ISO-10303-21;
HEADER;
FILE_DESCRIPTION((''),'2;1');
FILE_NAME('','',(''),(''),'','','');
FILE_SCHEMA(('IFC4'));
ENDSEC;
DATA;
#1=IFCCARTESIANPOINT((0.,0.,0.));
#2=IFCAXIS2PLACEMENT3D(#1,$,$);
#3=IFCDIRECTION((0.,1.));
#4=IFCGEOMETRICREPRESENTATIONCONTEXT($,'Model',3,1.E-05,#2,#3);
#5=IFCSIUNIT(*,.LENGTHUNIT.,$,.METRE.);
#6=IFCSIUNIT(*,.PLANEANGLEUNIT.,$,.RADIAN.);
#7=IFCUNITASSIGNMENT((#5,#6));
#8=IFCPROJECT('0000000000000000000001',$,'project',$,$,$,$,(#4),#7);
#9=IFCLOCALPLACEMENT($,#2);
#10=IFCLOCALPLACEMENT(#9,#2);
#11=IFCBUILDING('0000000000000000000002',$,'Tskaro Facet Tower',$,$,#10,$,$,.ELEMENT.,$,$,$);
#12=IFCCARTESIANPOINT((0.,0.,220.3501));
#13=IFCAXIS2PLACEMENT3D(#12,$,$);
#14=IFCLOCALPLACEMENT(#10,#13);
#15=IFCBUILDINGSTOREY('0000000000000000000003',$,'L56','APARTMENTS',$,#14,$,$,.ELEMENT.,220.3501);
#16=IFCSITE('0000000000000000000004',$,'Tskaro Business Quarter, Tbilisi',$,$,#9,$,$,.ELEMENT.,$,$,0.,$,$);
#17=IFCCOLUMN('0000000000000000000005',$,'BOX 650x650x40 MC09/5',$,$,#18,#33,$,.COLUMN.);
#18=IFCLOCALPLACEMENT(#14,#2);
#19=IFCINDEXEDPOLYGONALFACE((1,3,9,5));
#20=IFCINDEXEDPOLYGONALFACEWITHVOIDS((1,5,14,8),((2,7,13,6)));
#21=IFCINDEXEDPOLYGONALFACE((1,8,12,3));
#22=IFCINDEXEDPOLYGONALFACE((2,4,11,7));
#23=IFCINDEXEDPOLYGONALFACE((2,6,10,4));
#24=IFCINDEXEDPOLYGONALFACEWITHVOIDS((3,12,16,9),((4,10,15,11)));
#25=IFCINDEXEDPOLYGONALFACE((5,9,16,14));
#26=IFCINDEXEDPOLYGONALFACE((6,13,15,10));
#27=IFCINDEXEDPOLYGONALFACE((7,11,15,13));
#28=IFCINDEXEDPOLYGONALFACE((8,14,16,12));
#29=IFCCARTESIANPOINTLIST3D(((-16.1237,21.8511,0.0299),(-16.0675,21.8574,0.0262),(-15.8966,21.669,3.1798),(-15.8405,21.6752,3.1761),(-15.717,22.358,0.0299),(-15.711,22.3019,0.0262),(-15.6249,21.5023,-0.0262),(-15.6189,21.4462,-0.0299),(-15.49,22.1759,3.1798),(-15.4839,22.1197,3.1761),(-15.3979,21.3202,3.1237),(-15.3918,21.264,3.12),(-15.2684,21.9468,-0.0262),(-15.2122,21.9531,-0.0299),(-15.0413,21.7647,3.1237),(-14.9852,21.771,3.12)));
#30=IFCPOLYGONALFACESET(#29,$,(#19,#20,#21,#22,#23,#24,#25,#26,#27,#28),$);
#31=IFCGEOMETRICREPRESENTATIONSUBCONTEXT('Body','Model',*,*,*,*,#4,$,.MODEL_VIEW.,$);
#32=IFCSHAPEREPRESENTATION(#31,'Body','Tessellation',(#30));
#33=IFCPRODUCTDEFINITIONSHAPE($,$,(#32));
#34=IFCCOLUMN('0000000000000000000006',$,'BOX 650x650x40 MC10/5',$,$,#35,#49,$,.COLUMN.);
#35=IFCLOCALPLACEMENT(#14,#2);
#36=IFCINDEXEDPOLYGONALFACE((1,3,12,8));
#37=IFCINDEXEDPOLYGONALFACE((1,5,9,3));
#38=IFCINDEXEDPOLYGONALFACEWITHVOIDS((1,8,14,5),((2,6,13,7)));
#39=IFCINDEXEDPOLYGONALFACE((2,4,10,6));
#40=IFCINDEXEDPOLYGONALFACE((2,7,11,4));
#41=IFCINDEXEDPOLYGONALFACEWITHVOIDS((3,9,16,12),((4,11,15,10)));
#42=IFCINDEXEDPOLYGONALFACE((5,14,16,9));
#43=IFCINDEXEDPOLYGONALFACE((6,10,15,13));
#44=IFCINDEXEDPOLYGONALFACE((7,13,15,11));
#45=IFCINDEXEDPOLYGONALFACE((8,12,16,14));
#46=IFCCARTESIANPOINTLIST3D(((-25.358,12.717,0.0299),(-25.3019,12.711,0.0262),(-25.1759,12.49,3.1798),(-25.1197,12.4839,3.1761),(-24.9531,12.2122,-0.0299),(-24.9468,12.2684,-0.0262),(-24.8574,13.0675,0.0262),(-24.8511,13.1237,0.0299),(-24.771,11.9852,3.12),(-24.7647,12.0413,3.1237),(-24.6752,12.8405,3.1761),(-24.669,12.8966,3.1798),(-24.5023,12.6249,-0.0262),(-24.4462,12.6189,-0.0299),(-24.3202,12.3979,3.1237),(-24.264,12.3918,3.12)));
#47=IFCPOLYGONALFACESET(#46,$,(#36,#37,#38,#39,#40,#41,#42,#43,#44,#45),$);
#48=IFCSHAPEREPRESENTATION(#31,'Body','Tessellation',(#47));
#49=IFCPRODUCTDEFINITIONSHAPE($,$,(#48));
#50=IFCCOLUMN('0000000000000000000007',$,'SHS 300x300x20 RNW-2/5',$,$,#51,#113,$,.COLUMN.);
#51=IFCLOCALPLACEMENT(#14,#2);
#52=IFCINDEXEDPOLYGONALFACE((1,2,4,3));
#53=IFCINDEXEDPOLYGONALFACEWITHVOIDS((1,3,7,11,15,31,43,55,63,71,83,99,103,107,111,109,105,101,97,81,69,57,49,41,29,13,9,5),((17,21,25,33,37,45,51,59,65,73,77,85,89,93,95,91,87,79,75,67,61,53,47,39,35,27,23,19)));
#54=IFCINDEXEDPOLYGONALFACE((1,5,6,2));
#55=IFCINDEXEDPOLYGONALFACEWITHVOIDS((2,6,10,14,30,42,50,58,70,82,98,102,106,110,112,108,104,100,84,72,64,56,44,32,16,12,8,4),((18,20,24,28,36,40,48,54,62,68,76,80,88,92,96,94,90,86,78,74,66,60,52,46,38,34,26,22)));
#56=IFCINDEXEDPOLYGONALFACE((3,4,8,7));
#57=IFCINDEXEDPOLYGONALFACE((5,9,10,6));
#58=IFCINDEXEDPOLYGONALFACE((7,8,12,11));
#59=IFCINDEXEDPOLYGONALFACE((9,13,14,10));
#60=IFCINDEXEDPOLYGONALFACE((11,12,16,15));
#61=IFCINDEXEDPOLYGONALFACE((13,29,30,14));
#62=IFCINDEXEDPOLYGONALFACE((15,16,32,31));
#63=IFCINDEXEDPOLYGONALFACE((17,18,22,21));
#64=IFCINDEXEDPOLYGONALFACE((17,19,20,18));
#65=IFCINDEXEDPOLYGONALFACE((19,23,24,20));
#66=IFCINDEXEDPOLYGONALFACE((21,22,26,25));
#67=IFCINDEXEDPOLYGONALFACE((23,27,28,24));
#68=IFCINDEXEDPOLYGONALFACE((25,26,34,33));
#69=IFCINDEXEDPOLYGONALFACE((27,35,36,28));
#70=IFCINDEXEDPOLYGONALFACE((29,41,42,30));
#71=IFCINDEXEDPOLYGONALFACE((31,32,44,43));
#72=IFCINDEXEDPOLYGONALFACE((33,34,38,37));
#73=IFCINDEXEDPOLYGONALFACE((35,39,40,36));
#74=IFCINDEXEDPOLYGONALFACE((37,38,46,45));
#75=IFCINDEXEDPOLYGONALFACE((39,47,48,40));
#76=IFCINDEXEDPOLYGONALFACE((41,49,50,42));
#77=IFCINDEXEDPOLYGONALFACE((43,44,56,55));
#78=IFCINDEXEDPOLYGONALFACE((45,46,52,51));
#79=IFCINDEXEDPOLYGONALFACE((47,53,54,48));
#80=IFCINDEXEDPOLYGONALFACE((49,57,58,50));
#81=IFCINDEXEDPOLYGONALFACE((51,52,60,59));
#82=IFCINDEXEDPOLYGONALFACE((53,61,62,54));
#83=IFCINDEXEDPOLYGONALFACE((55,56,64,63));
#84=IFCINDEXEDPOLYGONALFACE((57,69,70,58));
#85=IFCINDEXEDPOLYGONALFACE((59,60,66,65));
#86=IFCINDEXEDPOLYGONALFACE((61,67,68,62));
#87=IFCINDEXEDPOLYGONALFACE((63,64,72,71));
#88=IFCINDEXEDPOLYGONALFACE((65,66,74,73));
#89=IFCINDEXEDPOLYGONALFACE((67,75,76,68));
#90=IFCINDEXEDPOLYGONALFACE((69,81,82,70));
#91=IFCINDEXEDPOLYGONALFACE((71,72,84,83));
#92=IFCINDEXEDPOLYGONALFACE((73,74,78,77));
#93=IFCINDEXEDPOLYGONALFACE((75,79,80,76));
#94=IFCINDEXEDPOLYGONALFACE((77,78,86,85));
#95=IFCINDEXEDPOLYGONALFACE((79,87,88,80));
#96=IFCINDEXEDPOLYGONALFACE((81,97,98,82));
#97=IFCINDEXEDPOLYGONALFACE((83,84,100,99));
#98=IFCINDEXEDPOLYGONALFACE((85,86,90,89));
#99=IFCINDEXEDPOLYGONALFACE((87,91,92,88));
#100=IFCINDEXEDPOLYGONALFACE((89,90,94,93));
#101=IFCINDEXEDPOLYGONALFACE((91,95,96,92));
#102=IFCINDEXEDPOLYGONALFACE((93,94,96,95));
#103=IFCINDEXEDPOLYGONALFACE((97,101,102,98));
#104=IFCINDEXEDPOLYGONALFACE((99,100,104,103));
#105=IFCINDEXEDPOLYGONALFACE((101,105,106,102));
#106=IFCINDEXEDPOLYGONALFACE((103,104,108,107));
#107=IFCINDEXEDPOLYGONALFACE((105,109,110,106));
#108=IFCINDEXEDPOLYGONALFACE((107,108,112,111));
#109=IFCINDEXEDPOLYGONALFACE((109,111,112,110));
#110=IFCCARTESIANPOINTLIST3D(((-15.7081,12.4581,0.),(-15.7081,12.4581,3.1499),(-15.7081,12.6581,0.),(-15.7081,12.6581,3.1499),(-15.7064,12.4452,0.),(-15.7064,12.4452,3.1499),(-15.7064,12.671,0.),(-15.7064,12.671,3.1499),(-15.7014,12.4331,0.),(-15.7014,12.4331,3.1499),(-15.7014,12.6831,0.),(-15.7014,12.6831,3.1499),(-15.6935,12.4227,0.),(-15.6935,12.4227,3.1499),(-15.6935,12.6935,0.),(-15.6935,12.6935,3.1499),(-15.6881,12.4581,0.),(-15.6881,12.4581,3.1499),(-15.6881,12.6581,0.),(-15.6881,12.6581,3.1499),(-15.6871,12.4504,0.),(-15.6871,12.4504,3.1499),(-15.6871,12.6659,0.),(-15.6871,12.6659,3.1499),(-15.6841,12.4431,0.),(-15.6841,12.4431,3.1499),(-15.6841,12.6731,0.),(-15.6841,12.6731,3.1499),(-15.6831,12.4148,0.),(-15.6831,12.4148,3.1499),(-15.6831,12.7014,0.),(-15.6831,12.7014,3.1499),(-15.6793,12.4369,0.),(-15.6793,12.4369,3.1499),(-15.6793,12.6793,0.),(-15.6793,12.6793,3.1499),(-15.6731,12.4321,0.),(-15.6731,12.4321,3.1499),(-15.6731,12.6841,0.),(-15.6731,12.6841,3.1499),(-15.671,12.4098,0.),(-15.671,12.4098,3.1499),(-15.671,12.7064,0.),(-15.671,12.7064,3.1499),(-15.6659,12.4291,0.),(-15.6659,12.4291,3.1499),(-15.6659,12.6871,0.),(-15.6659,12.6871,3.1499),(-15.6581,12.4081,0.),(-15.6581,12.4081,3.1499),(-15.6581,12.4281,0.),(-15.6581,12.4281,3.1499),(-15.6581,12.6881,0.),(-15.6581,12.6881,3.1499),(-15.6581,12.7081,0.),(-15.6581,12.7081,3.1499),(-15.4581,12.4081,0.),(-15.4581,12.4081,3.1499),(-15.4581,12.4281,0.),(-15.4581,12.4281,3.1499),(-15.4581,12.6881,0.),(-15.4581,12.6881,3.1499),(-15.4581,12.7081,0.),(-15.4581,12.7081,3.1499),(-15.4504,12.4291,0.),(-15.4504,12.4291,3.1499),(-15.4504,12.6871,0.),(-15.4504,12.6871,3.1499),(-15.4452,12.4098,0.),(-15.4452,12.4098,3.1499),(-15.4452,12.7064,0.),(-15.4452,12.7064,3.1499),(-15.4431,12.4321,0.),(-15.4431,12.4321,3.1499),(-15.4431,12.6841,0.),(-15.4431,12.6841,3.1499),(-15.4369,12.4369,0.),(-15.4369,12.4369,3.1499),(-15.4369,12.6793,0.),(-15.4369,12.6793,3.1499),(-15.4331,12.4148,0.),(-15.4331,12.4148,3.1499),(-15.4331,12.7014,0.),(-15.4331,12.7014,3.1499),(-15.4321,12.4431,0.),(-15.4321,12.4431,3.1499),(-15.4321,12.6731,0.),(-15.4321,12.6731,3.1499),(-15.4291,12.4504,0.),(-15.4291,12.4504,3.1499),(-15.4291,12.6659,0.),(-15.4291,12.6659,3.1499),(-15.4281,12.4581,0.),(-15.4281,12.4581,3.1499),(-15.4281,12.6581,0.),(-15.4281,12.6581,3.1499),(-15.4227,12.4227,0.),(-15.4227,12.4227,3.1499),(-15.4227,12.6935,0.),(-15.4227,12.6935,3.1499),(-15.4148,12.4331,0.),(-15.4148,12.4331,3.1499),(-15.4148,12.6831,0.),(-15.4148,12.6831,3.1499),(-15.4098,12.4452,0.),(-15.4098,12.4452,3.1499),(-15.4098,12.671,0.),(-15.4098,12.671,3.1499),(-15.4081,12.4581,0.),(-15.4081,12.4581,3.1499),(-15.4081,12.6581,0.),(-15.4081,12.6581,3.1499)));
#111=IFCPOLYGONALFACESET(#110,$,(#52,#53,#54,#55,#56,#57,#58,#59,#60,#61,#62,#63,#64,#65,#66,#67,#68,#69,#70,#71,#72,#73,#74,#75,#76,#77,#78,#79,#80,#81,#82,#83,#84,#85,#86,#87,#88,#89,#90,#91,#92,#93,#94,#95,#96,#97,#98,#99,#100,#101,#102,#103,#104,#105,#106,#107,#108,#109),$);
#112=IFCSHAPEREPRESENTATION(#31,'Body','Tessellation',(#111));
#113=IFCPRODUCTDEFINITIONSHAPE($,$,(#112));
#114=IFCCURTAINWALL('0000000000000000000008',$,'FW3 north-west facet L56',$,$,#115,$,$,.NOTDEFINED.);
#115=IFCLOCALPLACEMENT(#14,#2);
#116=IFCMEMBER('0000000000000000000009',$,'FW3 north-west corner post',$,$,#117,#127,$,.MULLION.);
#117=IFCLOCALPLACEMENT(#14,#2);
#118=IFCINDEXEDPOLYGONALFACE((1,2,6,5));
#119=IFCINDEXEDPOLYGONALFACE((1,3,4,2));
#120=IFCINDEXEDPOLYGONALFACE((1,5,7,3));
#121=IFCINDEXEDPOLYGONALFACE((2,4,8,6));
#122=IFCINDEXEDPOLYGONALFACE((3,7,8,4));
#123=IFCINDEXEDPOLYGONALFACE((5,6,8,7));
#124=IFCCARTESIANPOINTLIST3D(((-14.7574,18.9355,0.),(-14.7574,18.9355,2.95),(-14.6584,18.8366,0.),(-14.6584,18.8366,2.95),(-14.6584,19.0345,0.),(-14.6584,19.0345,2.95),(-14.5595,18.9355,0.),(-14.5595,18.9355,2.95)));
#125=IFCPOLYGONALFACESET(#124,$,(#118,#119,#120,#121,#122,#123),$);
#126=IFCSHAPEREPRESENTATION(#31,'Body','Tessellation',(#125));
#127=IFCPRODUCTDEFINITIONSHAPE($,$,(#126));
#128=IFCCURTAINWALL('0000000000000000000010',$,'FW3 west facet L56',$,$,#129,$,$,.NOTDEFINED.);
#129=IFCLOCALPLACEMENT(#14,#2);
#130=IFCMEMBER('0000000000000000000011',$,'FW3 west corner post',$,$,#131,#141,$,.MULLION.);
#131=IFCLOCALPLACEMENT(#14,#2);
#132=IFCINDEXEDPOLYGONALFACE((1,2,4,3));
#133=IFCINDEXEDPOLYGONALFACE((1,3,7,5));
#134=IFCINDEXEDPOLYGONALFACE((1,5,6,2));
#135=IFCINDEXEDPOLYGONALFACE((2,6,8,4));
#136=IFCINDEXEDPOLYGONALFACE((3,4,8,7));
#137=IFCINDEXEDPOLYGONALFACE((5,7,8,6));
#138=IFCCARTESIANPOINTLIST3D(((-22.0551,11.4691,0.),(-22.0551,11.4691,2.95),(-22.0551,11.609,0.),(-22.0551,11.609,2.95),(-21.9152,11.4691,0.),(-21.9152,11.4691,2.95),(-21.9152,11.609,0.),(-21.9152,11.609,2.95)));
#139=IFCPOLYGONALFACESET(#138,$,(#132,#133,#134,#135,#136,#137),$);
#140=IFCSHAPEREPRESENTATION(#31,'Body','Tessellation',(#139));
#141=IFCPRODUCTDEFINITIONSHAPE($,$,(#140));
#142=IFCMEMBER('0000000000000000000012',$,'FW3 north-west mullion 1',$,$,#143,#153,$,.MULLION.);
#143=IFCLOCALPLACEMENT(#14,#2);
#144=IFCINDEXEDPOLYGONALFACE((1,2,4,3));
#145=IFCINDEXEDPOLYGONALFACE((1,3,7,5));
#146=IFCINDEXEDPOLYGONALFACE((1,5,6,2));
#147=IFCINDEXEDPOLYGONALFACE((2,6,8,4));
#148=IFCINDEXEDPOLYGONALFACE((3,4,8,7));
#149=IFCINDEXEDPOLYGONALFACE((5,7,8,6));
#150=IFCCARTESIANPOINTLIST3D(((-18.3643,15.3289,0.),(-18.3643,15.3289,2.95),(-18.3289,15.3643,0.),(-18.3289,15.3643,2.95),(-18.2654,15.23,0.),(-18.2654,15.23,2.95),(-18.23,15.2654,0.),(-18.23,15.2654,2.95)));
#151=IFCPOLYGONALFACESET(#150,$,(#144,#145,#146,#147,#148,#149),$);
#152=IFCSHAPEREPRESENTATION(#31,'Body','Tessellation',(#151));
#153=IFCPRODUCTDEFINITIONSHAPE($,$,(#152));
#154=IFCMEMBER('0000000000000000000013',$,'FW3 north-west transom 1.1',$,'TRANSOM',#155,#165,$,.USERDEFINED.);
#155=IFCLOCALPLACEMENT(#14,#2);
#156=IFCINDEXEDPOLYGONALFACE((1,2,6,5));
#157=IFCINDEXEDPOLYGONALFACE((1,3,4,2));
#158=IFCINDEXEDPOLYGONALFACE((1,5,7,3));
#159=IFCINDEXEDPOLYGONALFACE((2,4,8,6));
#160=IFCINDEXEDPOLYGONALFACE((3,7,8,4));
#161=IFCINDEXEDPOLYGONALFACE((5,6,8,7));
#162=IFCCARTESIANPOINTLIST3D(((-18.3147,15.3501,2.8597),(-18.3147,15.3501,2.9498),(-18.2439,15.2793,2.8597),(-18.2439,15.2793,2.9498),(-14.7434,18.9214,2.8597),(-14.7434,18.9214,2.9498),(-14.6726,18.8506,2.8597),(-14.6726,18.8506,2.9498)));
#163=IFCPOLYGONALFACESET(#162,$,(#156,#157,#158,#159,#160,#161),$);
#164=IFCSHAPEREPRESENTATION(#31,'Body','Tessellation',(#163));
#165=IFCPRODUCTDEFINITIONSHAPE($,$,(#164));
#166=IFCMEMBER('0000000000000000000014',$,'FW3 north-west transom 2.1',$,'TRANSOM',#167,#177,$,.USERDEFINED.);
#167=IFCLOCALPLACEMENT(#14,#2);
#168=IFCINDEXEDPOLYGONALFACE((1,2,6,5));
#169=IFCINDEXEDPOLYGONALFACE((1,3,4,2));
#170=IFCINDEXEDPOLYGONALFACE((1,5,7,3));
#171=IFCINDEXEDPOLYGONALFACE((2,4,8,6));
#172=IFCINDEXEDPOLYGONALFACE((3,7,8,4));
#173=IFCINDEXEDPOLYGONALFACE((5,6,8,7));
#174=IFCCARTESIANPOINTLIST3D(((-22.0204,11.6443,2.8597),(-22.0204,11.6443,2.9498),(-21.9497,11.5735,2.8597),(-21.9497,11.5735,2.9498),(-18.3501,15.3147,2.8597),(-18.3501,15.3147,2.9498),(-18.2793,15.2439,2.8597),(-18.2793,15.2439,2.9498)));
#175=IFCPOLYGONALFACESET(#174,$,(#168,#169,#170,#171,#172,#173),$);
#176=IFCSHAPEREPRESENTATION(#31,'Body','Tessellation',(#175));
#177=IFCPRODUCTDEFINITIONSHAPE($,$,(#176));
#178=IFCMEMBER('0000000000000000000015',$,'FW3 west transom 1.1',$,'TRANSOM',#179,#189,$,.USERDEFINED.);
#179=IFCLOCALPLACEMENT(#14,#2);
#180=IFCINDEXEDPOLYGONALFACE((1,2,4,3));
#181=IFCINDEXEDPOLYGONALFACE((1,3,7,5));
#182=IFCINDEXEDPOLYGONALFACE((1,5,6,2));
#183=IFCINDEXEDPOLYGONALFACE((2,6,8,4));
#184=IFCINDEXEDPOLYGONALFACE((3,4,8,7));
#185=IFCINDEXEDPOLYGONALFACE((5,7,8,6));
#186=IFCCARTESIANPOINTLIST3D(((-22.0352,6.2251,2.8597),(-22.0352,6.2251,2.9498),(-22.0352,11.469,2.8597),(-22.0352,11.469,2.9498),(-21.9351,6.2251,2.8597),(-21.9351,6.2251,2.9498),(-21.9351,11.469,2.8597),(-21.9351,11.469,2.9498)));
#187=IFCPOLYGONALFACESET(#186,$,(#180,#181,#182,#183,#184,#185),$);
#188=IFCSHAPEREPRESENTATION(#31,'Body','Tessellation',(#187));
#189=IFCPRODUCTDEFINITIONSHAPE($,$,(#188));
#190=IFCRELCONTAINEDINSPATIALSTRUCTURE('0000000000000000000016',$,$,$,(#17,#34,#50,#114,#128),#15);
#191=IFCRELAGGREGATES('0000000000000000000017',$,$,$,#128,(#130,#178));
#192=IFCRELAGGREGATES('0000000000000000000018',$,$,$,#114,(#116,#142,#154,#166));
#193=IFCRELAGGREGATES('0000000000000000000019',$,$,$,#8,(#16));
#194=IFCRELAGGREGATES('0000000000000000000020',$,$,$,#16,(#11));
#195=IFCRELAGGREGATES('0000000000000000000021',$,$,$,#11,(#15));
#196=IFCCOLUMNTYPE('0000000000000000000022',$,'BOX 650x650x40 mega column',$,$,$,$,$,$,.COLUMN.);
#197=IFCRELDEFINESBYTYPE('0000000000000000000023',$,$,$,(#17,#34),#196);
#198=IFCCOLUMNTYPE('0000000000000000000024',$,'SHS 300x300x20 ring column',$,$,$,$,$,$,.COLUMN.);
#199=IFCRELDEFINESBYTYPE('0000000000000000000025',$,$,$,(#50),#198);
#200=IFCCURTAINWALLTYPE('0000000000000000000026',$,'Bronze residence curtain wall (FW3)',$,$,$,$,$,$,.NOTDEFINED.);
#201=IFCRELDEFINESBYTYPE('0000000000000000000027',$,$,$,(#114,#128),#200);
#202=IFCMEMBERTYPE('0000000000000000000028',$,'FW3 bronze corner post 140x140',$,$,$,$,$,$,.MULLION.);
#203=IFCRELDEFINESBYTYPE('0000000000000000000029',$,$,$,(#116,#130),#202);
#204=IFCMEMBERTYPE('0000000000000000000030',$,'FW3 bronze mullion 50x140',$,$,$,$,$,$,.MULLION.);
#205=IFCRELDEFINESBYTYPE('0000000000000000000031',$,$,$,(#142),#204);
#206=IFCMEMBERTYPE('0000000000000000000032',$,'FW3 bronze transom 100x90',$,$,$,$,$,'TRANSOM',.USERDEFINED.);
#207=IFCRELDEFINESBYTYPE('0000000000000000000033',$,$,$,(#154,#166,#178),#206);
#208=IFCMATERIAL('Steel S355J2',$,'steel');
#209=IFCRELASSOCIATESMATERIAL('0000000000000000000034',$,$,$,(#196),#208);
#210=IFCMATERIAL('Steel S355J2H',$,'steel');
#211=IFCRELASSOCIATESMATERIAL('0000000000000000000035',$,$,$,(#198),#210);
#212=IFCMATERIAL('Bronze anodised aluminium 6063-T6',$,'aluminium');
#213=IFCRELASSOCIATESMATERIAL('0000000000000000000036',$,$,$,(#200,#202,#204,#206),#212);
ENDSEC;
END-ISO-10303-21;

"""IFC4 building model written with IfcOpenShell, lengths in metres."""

from ifc_helpers import new_model, si_unit, direction, frame, origin, origin_2d, place, context, subcontext, project, spatial, rectangle, hollow_rectangle, extrude, material, material_profile, profile_set, type_object, element, aggregate, save


model = new_model("IFC4")

# Units and contexts
model_context = context("Model", 3, precision=1e-05, world=origin(), true_north=direction((0.0, 1.0)))
body_context = subcontext(model_context, "Body", "Model", "MODEL_VIEW")
ifc_project = project(units=[si_unit("LENGTHUNIT", "METRE"), si_unit("PLANEANGLEUNIT", "RADIAN")], contexts=[model_context])

# Site, building, storey
site_placement = place(None, origin())
site = spatial("IfcSite", under=ifc_project, at=site_placement, Name="Tskaro Business Quarter, Tbilisi", CompositionType="ELEMENT", RefElevation=0.0)
building_placement = place(site_placement, origin())
building = spatial("IfcBuilding", under=site, at=building_placement, Name="Tskaro Facet Tower", CompositionType="ELEMENT")
storey_placement = place(building_placement, frame((0.0, 0.0, 220.3501)))
storey = spatial("IfcBuildingStorey", under=building, at=storey_placement, Name="L56", Description="APARTMENTS", CompositionType="ELEMENT", Elevation=220.3501)

# Columns
ifc_material_1 = material(Name="Steel S355J2", Category="steel")
ifc_material_profile_1 = material_profile(ifc_material_1, hollow_rectangle(XDim=0.6499, YDim=0.6499, WallThickness=0.04, at=origin_2d()), Name="BOX 650x650x40")
ifc_profile_set_1 = profile_set([ifc_material_profile_1], Name="Steel S355J2")
column_type_1 = type_object("IfcColumnType", Name="BOX 650x650x40 mega column", PredefinedType="COLUMN", material=ifc_profile_set_1)
for number, where, z_axis, x_axis, name in (
    (1, (-15.668, 21.9021, 0.0), (0.071776, -0.057575, 0.995758), (0.625717, 0.78005, 0.0), "BOX 650x650x40 MC09/5"),
    (2, (-24.9021, 12.668, 0.0), (0.057575, -0.071776, 0.995758), (0.78005, 0.625717, 0.0), "BOX 650x650x40 MC10/5"),
):
    element("IfcColumn", number, at=place(storey_placement, frame(where, z_axis=z_axis, x_axis=x_axis)), inside=storey, type_object=column_type_1, Name=name, PredefinedType="COLUMN", context=body_context, shape_type="SweptSolid", body=[
        extrude(hollow_rectangle(XDim=0.6499, YDim=0.6499, WallThickness=0.04, at=origin_2d()), origin(), (0.0, 0.0, 1.0), 3.1633),
    ])
ifc_material_2 = material(Name="Steel S355J2H", Category="steel")
ifc_material_profile_2 = material_profile(ifc_material_2, hollow_rectangle(XDim=0.3, YDim=0.3, WallThickness=0.02, InnerFilletRadius=0.03, OuterFilletRadius=0.05, at=origin_2d()), Name="SHS 300x300x20")
ifc_profile_set_2 = profile_set([ifc_material_profile_2], Name="Steel S355J2H")
column_type_2 = type_object("IfcColumnType", Name="SHS 300x300x20 ring column", PredefinedType="COLUMN", material=ifc_profile_set_2)
column_placement = place(storey_placement, frame((-15.5581, 12.5581, 0.0), z_axis=(0.0, 0.0, 1.0), x_axis=(1.0, 0.0, 0.0)))
element("IfcColumn", 3, at=column_placement, inside=storey, type_object=column_type_2, Name="SHS 300x300x20 RNW-2/5", PredefinedType="COLUMN", context=body_context, shape_type="SweptSolid", body=[
    extrude(hollow_rectangle(XDim=0.3, YDim=0.3, WallThickness=0.02, InnerFilletRadius=0.03, OuterFilletRadius=0.05, at=origin_2d()), origin(), (0.0, 0.0, 1.0), 3.1499),
])

# Curtain walls, members
ifc_material_3 = material(Name="Bronze anodised aluminium 6063-T6", Category="aluminium")
curtain_wall_type = type_object("IfcCurtainWallType", Name="Bronze residence curtain wall (FW3)", PredefinedType="NOTDEFINED", material=ifc_material_3)
curtain_wall_1_placement = place(storey_placement, origin())
curtain_wall_1 = element("IfcCurtainWall", 4, at=curtain_wall_1_placement, inside=storey, type_object=curtain_wall_type, Name="FW3 north-west facet L56", PredefinedType="NOTDEFINED")
ifc_material_profile_3 = material_profile(ifc_material_3, rectangle(XDim=0.1399, YDim=0.1399, at=origin_2d()), Name="Corner post 140x140")
ifc_profile_set_3 = profile_set([ifc_material_profile_3], Name="Bronze anodised aluminium 6063-T6")
member_type_1 = type_object("IfcMemberType", Name="FW3 bronze corner post 140x140", PredefinedType="MULLION", material=ifc_profile_set_3)
member_1_placement = place(storey_placement, frame((-14.6584, 18.9355, 0.0), z_axis=(0.0, 0.0, 1.0), x_axis=(-0.707107, -0.707107, 0.0)))
member_1 = element("IfcMember", 5, at=member_1_placement, type_object=member_type_1, Name="FW3 north-west corner post", PredefinedType="MULLION", context=body_context, shape_type="SweptSolid", body=[
    extrude(rectangle(XDim=0.1399, YDim=0.1399, at=origin_2d()), origin(), (0.0, 0.0, 1.0), 2.95),
])
curtain_wall_2_placement = place(storey_placement, origin())
curtain_wall_2 = element("IfcCurtainWall", 6, at=curtain_wall_2_placement, inside=storey, type_object=curtain_wall_type, Name="FW3 west facet L56", PredefinedType="NOTDEFINED")
member_2_placement = place(storey_placement, frame((-21.9851, 11.5391, 0.0), z_axis=(0.0, 0.0, 1.0), x_axis=(0.0, -1.0, 0.0)))
member_2 = element("IfcMember", 7, at=member_2_placement, type_object=member_type_1, Name="FW3 west corner post", PredefinedType="MULLION", context=body_context, shape_type="SweptSolid", body=[
    extrude(rectangle(XDim=0.1399, YDim=0.1399, at=origin_2d()), origin(), (0.0, 0.0, 1.0), 2.95),
])

# Members
ifc_material_profile_4 = material_profile(ifc_material_3, rectangle(XDim=0.05, YDim=0.1399, at=origin_2d()), Name="Mullion 50x140")
ifc_profile_set_4 = profile_set([ifc_material_profile_4], Name="Bronze anodised aluminium 6063-T6")
member_type_2 = type_object("IfcMemberType", Name="FW3 bronze mullion 50x140", PredefinedType="MULLION", material=ifc_profile_set_4)
member_3_placement = place(storey_placement, frame((-18.2971, 15.2971, 0.0), z_axis=(0.0, 0.0, 1.0), x_axis=(-0.707107, -0.707107, 0.0)))
member_3 = element("IfcMember", 8, at=member_3_placement, type_object=member_type_2, Name="FW3 north-west mullion 1", PredefinedType="MULLION", context=body_context, shape_type="SweptSolid", body=[
    extrude(rectangle(XDim=0.05, YDim=0.1399, at=origin_2d()), origin(), (0.0, 0.0, 1.0), 2.95),
])
ifc_material_profile_5 = material_profile(ifc_material_3, rectangle(XDim=0.1001, YDim=0.0901, at=origin_2d()), Name="Transom 100x90")
ifc_profile_set_5 = profile_set([ifc_material_profile_5], Name="Bronze anodised aluminium 6063-T6")
member_type_3 = type_object("IfcMemberType", Name="FW3 bronze transom 100x90", ElementType="TRANSOM", PredefinedType="USERDEFINED", material=ifc_profile_set_5)
member_4_placement = place(storey_placement, frame((-14.708, 18.886, 2.9048), z_axis=(-0.707107, -0.707107, 0.0), x_axis=(0.707107, -0.707107, 0.0)))
member_4 = element("IfcMember", 9, at=member_4_placement, type_object=member_type_3, Name="FW3 north-west transom 1.1", ObjectType="TRANSOM", PredefinedType="USERDEFINED", context=body_context, shape_type="SweptSolid", body=[
    extrude(rectangle(XDim=0.1001, YDim=0.0901, at=origin_2d()), origin(), (0.0, 0.0, 1.0), 5.0505),
])
member_5_placement = place(storey_placement, frame((-18.3147, 15.2793, 2.9048), z_axis=(-0.707107, -0.707107, 0.0), x_axis=(0.707107, -0.707107, 0.0)))
member_5 = element("IfcMember", 10, at=member_5_placement, type_object=member_type_3, Name="FW3 north-west transom 2.1", ObjectType="TRANSOM", PredefinedType="USERDEFINED", context=body_context, shape_type="SweptSolid", body=[
    extrude(rectangle(XDim=0.1001, YDim=0.0901, at=origin_2d()), origin(), (0.0, 0.0, 1.0), 5.1907),
])
member_6_placement = place(storey_placement, frame((-21.9851, 11.469, 2.9048), z_axis=(0.0, -1.0, 0.0), x_axis=(1.0, 0.0, 0.0)))
member_6 = element("IfcMember", 11, at=member_6_placement, type_object=member_type_3, Name="FW3 west transom 1.1", ObjectType="TRANSOM", PredefinedType="USERDEFINED", context=body_context, shape_type="SweptSolid", body=[
    extrude(rectangle(XDim=0.1001, YDim=0.0901, at=origin_2d()), origin(), (0.0, 0.0, 1.0), 5.2439),
])
aggregate(curtain_wall_2, [member_2, member_6])

aggregate(curtain_wall_1, [member_1, member_3, member_4, member_5])

save(model, "model.ifc")
